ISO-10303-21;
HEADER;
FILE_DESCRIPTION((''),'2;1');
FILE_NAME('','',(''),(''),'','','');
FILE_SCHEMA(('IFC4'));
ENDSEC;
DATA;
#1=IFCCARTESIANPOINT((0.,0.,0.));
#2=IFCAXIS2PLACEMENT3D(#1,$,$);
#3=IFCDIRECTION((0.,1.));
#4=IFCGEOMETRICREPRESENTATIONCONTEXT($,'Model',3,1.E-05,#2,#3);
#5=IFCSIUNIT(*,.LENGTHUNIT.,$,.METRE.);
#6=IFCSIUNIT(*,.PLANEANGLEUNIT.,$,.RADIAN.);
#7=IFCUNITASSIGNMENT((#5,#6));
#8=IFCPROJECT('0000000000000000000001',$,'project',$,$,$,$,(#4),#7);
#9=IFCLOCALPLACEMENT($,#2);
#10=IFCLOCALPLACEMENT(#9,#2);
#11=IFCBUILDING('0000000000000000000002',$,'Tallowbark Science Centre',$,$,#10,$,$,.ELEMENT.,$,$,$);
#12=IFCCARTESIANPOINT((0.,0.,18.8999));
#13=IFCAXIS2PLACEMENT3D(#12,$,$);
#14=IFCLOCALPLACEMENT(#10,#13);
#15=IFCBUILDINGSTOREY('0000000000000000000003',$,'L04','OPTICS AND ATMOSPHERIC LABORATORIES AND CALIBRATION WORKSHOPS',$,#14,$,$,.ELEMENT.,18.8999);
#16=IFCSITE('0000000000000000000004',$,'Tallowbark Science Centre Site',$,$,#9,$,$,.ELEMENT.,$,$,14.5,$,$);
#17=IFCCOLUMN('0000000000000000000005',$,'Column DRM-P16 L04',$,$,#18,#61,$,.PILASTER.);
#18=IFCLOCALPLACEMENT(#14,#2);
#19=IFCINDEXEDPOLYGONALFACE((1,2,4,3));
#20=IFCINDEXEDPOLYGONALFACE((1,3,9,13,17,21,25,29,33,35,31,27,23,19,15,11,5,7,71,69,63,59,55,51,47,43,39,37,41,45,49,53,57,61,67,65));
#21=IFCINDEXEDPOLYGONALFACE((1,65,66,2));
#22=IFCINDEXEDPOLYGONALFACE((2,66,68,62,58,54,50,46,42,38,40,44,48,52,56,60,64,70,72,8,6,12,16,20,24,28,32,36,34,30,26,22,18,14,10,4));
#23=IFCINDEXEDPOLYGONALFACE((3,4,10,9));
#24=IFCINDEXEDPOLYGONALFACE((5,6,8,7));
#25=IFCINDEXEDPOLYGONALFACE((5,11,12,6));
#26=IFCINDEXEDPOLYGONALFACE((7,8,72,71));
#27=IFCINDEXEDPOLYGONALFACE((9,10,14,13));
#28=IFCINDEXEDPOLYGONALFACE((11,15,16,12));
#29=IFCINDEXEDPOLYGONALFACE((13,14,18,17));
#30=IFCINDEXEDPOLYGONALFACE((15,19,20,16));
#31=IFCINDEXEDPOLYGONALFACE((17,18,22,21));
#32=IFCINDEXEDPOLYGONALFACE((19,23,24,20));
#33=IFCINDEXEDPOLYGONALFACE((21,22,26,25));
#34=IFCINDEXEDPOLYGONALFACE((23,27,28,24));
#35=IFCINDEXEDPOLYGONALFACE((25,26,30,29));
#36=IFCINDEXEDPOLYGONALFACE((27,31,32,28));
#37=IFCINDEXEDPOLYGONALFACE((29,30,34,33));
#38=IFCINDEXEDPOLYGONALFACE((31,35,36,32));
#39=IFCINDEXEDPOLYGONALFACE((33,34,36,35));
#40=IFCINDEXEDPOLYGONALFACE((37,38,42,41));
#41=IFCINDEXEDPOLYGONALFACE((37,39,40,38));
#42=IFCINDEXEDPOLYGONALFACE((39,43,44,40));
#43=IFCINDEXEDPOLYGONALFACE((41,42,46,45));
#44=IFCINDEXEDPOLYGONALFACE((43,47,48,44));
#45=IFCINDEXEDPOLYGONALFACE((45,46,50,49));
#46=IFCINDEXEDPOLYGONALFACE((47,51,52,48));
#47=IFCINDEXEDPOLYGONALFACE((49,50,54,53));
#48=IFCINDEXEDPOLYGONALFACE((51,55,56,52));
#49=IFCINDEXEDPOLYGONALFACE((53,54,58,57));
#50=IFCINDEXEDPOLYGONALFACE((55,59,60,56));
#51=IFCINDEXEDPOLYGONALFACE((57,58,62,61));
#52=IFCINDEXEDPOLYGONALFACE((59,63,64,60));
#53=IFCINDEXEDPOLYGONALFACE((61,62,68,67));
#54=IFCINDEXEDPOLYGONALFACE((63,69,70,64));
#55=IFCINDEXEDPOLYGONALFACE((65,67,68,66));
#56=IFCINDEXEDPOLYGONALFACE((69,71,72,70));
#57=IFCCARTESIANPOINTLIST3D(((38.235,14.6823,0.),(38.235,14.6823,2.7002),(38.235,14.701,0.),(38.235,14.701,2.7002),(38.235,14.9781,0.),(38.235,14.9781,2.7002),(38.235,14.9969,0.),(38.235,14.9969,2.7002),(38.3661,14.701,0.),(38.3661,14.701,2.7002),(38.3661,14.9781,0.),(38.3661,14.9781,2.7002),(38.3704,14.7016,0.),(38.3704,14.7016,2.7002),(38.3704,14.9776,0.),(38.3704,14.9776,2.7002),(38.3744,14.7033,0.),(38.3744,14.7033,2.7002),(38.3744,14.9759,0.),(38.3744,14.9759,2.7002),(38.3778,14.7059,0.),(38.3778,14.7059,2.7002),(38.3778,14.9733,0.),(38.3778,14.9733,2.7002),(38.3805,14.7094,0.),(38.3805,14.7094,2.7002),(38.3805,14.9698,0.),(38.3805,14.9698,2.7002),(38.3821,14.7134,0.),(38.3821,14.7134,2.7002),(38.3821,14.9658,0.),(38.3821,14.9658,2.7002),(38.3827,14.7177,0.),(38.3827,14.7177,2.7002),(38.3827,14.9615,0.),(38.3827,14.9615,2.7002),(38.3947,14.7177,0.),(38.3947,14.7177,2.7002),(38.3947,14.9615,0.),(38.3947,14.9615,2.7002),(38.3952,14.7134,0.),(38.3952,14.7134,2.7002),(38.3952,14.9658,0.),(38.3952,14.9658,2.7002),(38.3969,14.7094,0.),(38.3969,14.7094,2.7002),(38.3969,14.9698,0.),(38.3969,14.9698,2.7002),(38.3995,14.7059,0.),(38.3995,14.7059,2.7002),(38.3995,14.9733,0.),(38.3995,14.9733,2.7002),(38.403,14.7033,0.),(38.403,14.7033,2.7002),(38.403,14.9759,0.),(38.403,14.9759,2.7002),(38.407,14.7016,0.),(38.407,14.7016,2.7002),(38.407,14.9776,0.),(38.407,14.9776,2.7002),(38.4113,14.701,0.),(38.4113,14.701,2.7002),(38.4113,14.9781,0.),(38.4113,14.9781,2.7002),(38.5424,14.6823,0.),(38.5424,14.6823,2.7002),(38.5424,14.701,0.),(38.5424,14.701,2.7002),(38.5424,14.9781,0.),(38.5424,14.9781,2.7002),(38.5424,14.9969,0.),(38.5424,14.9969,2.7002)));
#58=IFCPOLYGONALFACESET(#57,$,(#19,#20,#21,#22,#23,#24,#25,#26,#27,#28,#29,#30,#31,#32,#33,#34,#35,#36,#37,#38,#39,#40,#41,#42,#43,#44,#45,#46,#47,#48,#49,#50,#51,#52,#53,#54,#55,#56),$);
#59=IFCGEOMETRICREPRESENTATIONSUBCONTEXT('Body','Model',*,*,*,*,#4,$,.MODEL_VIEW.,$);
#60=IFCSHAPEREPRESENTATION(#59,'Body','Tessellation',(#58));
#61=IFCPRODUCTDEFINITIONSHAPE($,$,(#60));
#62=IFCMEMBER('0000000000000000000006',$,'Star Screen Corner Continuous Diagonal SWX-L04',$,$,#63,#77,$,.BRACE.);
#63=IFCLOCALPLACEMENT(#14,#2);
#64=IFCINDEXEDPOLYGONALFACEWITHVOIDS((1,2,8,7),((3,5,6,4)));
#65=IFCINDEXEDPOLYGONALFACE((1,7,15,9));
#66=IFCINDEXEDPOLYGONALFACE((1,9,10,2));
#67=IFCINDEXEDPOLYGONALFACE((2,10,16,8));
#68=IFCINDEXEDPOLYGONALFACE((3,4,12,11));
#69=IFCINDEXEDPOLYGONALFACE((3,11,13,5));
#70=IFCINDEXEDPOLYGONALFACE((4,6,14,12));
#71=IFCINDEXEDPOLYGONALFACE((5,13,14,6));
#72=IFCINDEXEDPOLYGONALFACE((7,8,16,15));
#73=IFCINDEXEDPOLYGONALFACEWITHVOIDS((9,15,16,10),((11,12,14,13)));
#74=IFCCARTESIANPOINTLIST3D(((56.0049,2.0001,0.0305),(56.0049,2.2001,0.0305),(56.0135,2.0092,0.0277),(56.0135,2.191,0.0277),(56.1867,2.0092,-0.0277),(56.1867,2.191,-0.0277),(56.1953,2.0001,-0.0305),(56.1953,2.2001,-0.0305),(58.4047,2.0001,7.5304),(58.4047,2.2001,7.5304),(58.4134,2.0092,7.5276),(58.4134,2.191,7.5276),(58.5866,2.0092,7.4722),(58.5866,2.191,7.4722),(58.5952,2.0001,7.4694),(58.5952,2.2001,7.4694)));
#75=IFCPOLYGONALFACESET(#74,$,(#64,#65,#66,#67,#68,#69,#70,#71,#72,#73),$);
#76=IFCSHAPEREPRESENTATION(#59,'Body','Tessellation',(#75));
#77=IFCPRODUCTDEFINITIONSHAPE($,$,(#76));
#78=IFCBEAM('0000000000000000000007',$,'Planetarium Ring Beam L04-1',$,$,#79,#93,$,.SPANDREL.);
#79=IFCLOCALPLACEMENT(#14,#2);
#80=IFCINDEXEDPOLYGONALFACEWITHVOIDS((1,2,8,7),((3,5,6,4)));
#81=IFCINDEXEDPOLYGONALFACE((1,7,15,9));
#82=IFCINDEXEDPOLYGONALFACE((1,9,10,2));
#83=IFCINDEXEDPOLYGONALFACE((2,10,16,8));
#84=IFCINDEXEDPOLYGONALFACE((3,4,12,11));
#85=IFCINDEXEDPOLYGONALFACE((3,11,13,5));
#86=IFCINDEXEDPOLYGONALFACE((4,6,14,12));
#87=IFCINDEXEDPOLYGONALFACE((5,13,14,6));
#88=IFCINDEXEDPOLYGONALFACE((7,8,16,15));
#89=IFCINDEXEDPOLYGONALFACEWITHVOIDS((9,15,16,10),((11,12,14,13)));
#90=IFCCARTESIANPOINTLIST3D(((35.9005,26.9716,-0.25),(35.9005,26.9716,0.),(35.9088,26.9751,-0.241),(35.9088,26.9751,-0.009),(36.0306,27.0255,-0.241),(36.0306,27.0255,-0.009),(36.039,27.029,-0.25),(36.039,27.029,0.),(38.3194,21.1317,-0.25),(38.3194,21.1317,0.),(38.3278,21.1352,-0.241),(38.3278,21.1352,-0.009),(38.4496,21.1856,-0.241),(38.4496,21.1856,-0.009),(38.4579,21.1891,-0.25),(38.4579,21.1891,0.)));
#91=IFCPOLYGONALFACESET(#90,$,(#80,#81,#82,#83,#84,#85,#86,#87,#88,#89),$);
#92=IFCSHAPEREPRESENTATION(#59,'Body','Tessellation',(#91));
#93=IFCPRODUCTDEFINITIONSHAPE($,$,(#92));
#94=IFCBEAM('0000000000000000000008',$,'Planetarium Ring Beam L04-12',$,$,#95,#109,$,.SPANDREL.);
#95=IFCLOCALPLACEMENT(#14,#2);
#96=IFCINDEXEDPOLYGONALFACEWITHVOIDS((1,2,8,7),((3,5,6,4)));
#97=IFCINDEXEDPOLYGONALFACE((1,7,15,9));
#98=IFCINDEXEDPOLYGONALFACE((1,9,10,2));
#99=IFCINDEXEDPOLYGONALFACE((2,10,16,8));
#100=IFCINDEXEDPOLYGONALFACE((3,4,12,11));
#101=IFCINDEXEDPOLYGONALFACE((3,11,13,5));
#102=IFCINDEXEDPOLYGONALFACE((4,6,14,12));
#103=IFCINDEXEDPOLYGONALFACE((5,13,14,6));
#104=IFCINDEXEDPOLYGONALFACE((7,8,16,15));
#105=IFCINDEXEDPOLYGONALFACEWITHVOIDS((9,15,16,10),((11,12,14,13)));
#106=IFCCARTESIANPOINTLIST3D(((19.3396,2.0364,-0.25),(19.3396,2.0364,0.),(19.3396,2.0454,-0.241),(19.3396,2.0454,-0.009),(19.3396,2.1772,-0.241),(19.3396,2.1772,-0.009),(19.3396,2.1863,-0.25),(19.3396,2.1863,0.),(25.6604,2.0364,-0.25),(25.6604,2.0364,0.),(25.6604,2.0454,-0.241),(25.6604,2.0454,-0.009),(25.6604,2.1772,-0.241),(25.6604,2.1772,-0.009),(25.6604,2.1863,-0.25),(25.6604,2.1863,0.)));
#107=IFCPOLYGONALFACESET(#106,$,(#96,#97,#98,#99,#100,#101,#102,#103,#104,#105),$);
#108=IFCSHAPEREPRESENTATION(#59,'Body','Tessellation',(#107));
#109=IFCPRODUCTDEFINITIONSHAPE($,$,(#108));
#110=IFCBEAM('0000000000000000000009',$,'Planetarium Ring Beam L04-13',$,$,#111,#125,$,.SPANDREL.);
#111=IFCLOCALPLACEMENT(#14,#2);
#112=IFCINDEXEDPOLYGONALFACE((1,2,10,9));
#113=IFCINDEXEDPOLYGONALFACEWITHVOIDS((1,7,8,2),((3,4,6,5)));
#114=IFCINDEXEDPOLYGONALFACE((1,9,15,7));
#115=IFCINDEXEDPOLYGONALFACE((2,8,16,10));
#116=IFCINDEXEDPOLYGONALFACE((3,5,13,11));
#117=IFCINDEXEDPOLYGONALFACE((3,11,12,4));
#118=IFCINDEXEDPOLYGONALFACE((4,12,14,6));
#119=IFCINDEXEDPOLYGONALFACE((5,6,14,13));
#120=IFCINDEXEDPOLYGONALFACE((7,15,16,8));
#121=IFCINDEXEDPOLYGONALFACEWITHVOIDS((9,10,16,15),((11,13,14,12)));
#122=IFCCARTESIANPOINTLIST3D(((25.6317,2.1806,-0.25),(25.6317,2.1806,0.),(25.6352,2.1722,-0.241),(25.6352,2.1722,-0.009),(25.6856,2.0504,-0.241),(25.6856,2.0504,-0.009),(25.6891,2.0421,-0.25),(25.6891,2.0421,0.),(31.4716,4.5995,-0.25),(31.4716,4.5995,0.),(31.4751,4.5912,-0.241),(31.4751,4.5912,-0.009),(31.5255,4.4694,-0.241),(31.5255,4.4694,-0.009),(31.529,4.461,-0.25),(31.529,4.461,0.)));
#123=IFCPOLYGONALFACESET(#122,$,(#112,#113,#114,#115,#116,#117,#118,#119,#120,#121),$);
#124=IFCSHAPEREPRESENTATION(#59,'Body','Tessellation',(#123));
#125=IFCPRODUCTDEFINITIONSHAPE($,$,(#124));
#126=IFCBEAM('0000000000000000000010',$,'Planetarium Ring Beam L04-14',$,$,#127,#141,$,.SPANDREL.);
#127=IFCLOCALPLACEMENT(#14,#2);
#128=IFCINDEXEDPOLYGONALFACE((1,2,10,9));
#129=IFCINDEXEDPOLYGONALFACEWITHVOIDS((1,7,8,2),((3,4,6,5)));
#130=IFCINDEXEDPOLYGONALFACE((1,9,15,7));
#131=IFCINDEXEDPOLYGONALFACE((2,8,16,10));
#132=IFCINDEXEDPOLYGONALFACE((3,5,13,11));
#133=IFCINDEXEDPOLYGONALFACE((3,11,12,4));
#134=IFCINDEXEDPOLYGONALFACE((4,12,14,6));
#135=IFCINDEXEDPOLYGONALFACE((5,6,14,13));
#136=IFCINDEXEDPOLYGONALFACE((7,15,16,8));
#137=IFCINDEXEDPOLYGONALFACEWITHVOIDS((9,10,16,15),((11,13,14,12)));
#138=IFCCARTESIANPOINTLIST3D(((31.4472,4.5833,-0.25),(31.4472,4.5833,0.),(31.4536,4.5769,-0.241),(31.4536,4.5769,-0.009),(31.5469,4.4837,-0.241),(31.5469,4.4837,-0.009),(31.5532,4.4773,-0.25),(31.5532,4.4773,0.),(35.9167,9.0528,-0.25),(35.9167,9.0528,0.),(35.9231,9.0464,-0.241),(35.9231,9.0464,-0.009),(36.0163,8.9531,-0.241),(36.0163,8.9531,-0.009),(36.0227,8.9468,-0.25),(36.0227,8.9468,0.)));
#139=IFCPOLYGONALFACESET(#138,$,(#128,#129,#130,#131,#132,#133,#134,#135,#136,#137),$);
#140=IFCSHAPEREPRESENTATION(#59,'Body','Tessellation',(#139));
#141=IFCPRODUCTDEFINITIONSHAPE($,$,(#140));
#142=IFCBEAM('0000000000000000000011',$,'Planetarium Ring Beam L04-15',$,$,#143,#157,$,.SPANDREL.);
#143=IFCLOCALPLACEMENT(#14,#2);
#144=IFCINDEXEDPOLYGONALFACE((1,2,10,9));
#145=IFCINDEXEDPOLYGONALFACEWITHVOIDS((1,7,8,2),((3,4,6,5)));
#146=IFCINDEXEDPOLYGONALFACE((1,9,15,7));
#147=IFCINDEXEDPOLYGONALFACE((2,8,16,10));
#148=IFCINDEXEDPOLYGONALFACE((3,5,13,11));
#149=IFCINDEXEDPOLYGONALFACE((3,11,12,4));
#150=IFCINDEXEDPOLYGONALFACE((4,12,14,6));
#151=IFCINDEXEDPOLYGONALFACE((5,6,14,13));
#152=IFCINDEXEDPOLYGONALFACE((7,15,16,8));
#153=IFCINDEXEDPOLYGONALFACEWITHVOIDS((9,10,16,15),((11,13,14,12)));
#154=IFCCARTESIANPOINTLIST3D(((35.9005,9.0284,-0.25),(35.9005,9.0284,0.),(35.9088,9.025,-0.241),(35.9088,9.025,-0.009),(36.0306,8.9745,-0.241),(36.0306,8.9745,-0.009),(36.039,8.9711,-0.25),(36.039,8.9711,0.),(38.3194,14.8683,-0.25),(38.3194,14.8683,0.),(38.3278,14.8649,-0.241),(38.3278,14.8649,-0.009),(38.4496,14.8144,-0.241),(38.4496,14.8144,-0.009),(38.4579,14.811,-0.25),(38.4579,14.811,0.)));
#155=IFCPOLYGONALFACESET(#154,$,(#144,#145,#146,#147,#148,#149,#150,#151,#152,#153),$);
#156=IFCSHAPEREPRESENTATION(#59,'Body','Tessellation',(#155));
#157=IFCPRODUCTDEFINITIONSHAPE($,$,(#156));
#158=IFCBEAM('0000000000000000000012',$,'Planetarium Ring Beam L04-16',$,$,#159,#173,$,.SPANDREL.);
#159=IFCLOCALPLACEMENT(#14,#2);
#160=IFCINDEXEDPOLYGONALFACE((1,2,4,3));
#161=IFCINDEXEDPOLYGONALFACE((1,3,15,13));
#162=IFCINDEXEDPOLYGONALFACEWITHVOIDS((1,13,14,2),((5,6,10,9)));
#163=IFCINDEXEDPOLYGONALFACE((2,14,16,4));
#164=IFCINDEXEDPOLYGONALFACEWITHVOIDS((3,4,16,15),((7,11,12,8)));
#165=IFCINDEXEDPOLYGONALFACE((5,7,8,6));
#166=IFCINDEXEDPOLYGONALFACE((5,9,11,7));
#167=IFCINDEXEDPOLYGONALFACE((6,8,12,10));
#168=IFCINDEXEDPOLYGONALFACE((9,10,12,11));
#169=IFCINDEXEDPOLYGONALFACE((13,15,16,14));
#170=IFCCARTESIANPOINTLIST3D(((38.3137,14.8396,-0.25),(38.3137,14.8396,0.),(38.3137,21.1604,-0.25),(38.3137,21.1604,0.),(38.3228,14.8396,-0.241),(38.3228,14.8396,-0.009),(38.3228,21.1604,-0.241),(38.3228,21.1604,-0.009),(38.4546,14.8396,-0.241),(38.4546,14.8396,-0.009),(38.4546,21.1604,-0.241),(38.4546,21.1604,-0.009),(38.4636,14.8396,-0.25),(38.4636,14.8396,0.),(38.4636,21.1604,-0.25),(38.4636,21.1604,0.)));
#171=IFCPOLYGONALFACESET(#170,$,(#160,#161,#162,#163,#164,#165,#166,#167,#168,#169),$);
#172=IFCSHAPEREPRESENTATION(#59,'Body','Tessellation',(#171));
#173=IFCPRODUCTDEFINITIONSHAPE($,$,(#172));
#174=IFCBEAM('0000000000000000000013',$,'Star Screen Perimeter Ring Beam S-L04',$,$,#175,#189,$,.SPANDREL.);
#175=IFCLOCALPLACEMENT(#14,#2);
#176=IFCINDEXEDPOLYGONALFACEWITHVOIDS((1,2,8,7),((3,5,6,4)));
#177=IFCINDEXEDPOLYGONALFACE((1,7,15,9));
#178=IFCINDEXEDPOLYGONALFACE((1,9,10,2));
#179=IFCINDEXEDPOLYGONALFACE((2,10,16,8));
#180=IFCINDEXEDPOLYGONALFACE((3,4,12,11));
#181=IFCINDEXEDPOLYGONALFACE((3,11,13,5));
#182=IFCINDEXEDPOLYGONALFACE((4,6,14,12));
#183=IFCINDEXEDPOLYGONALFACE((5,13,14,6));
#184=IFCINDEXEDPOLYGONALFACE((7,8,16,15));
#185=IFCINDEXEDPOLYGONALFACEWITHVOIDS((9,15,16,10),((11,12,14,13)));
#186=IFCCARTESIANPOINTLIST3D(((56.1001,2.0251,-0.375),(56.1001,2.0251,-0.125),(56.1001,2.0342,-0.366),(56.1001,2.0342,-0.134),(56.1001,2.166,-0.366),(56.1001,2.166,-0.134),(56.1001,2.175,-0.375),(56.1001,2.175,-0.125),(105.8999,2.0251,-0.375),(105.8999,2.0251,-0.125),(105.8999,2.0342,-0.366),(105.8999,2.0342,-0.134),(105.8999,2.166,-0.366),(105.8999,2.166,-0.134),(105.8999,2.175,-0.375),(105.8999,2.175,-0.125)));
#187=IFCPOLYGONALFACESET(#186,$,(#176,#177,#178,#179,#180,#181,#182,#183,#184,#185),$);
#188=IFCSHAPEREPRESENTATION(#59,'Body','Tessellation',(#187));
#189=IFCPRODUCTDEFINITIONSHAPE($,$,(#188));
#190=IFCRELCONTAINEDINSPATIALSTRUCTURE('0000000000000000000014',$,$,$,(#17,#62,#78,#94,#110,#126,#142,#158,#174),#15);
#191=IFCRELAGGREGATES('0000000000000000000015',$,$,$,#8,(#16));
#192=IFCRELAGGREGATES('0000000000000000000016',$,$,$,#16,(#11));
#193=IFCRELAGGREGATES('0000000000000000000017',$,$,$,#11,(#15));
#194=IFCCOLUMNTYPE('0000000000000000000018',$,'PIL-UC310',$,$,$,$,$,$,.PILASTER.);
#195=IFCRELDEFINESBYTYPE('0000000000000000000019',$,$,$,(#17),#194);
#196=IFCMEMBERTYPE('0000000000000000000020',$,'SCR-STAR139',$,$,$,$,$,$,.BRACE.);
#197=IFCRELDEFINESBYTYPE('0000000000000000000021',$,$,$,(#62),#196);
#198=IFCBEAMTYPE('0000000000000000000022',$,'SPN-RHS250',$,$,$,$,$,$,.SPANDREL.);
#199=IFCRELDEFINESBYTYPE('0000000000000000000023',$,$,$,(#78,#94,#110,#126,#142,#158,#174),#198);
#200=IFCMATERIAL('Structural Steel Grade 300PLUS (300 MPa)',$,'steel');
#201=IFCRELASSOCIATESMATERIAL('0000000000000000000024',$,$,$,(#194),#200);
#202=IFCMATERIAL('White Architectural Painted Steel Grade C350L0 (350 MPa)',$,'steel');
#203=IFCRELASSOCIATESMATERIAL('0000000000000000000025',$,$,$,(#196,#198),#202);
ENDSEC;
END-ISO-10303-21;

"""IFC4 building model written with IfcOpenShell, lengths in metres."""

from ifc_helpers import new_model, si_unit, direction, frame, origin, origin_2d, place, context, subcontext, project, spatial, hollow_rectangle, i_section, extrude, material, material_profile, profile_set, type_object, element, save


model = new_model("IFC4")

# Units and contexts
model_context = context("Model", 3, precision=1e-05, world=origin(), true_north=direction((0.0, 1.0)))
body_context = subcontext(model_context, "Body", "Model", "MODEL_VIEW")
ifc_project = project(units=[si_unit("LENGTHUNIT", "METRE"), si_unit("PLANEANGLEUNIT", "RADIAN")], contexts=[model_context])

# Site, building, storey
site_placement = place(None, origin())
site = spatial("IfcSite", under=ifc_project, at=site_placement, Name="Tallowbark Science Centre Site", CompositionType="ELEMENT", RefElevation=14.5)
building_placement = place(site_placement, origin())
building = spatial("IfcBuilding", under=site, at=building_placement, Name="Tallowbark Science Centre", CompositionType="ELEMENT")
storey_placement = place(building_placement, frame((0.0, 0.0, 18.8999)))
storey = spatial("IfcBuildingStorey", under=building, at=storey_placement, Name="L04", Description="OPTICS AND ATMOSPHERIC LABORATORIES AND CALIBRATION WORKSHOPS", CompositionType="ELEMENT", Elevation=18.8999)

# Column
ifc_material_1 = material(Name="White Architectural Painted Steel Grade C350L0 (350 MPa)", Category="steel")
ifc_material_2 = material(Name="Structural Steel Grade 300PLUS (300 MPa)", Category="steel")
ifc_material_profile_1 = material_profile(ifc_material_2, i_section(OverallWidth=0.3074, OverallDepth=0.3147, WebThickness=0.012, FlangeThickness=0.0188, FilletRadius=0.0166, at=origin_2d()), Name="310UC118")
ifc_profile_set_1 = profile_set([ifc_material_profile_1], Name="Structural Steel Grade 300PLUS (300 MPa)")
column_type_1 = type_object("IfcColumnType", Name="PIL-UC310", PredefinedType="PILASTER", material=ifc_profile_set_1)
for number, where, z_axis, x_axis, name in (
    (1, (38.3887, 14.8396, 0.0), (0.0, 0.0, 1.0), (1.0, 0.0, 0.0), "Column DRM-P16 L04"),
):
    element("IfcColumn", number, at=place(storey_placement, frame(where, z_axis=z_axis, x_axis=x_axis)), inside=storey, type_object=column_type_1, Name=name, PredefinedType="PILASTER", context=body_context, shape_type="SweptSolid", body=[
        extrude(i_section(OverallWidth=0.3074, OverallDepth=0.3147, WebThickness=0.012, FlangeThickness=0.0188, FilletRadius=0.0166, at=origin_2d()), origin(), (0.0, 0.0, 1.0), 2.7002),
    ])

# Member
ifc_material_profile_2 = material_profile(ifc_material_1, hollow_rectangle(XDim=0.2, YDim=0.2, WallThickness=0.009, at=origin_2d()), Name="200x200x9.0SHS")
ifc_profile_set_2 = profile_set([ifc_material_profile_2], Name="White Architectural Painted Steel Grade C350L0 (350 MPa)")
member_type = type_object("IfcMemberType", Name="SCR-STAR139", PredefinedType="BRACE", material=ifc_profile_set_2)
member_placement = place(storey_placement, frame((56.1001, 2.1001, 0.0), z_axis=(0.304764, 0.0, 0.952428), x_axis=(0.0, 1.0, 0.0)))
element("IfcMember", 2, at=member_placement, inside=storey, type_object=member_type, Name="Star Screen Corner Continuous Diagonal SWX-L04", PredefinedType="BRACE", context=body_context, shape_type="SweptSolid", body=[
    extrude(hollow_rectangle(XDim=0.2, YDim=0.2, WallThickness=0.009, at=origin_2d()), origin(), (0.0, 0.0, 1.0), 7.8745),
])

# Beams
ifc_material_profile_3 = material_profile(ifc_material_1, hollow_rectangle(XDim=0.1499, YDim=0.25, WallThickness=0.009, at=origin_2d()), Name="250x150x9.0RHS")
ifc_profile_set_3 = profile_set([ifc_material_profile_3], Name="White Architectural Painted Steel Grade C350L0 (350 MPa)")
beam_type = type_object("IfcBeamType", Name="SPN-RHS250", PredefinedType="SPANDREL", material=ifc_profile_set_3)
beam_1_placement = place(storey_placement, frame((38.3887, 21.1604, -0.125), z_axis=(-0.382684, 0.923879, 0.0), x_axis=(-0.923879, -0.382684, 0.0)))
element("IfcBeam", 3, at=beam_1_placement, inside=storey, type_object=beam_type, Name="Planetarium Ring Beam L04-1", PredefinedType="SPANDREL", context=body_context, shape_type="SweptSolid", body=[
    extrude(hollow_rectangle(XDim=0.1499, YDim=0.25, WallThickness=0.009, at=origin_2d()), origin(), (0.0, 0.0, 1.0), 6.321),
])
beam_2_placement = place(storey_placement, frame((19.3396, 2.1113, -0.125), z_axis=(1.0, 0.0, 0.0), x_axis=(0.0, 1.0, 0.0)))
element("IfcBeam", 4, at=beam_2_placement, inside=storey, type_object=beam_type, Name="Planetarium Ring Beam L04-12", PredefinedType="SPANDREL", context=body_context, shape_type="SweptSolid", body=[
    extrude(hollow_rectangle(XDim=0.1499, YDim=0.25, WallThickness=0.009, at=origin_2d()), origin(), (0.0, 0.0, 1.0), 6.3208),
])
beam_3_placement = place(storey_placement, frame((25.6604, 2.1113, -0.125), z_axis=(0.923879, 0.382684, 0.0), x_axis=(-0.382684, 0.923879, 0.0)))
element("IfcBeam", 5, at=beam_3_placement, inside=storey, type_object=beam_type, Name="Planetarium Ring Beam L04-13", PredefinedType="SPANDREL", context=body_context, shape_type="SweptSolid", body=[
    extrude(hollow_rectangle(XDim=0.1499, YDim=0.25, WallThickness=0.009, at=origin_2d()), origin(), (0.0, 0.0, 1.0), 6.321),
])
beam_4_placement = place(storey_placement, frame((31.5002, 4.5303, -0.125), z_axis=(0.707107, 0.707107, 0.0), x_axis=(-0.707107, 0.707107, 0.0)))
element("IfcBeam", 6, at=beam_4_placement, inside=storey, type_object=beam_type, Name="Planetarium Ring Beam L04-14", PredefinedType="SPANDREL", context=body_context, shape_type="SweptSolid", body=[
    extrude(hollow_rectangle(XDim=0.1499, YDim=0.25, WallThickness=0.009, at=origin_2d()), origin(), (0.0, 0.0, 1.0), 6.3208),
])
beam_5_placement = place(storey_placement, frame((35.9697, 8.9998, -0.125), z_axis=(0.382684, 0.923879, 0.0), x_axis=(-0.923879, 0.382684, 0.0)))
element("IfcBeam", 7, at=beam_5_placement, inside=storey, type_object=beam_type, Name="Planetarium Ring Beam L04-15", PredefinedType="SPANDREL", context=body_context, shape_type="SweptSolid", body=[
    extrude(hollow_rectangle(XDim=0.1499, YDim=0.25, WallThickness=0.009, at=origin_2d()), origin(), (0.0, 0.0, 1.0), 6.321),
])
beam_6_placement = place(storey_placement, frame((38.3887, 14.8396, -0.125), z_axis=(0.0, 1.0, 0.0), x_axis=(-1.0, 0.0, 0.0)))
element("IfcBeam", 8, at=beam_6_placement, inside=storey, type_object=beam_type, Name="Planetarium Ring Beam L04-16", PredefinedType="SPANDREL", context=body_context, shape_type="SweptSolid", body=[
    extrude(hollow_rectangle(XDim=0.1499, YDim=0.25, WallThickness=0.009, at=origin_2d()), origin(), (0.0, 0.0, 1.0), 6.3208),
])
beam_7_placement = place(storey_placement, frame((56.1001, 2.1001, -0.25), z_axis=(1.0, 0.0, 0.0), x_axis=(0.0, 1.0, 0.0)))
element("IfcBeam", 9, at=beam_7_placement, inside=storey, type_object=beam_type, Name="Star Screen Perimeter Ring Beam S-L04", PredefinedType="SPANDREL", context=body_context, shape_type="SweptSolid", body=[
    extrude(hollow_rectangle(XDim=0.1499, YDim=0.25, WallThickness=0.009, at=origin_2d()), origin(), (0.0, 0.0, 1.0), 49.7998),
])

save(model, "model.ifc")
